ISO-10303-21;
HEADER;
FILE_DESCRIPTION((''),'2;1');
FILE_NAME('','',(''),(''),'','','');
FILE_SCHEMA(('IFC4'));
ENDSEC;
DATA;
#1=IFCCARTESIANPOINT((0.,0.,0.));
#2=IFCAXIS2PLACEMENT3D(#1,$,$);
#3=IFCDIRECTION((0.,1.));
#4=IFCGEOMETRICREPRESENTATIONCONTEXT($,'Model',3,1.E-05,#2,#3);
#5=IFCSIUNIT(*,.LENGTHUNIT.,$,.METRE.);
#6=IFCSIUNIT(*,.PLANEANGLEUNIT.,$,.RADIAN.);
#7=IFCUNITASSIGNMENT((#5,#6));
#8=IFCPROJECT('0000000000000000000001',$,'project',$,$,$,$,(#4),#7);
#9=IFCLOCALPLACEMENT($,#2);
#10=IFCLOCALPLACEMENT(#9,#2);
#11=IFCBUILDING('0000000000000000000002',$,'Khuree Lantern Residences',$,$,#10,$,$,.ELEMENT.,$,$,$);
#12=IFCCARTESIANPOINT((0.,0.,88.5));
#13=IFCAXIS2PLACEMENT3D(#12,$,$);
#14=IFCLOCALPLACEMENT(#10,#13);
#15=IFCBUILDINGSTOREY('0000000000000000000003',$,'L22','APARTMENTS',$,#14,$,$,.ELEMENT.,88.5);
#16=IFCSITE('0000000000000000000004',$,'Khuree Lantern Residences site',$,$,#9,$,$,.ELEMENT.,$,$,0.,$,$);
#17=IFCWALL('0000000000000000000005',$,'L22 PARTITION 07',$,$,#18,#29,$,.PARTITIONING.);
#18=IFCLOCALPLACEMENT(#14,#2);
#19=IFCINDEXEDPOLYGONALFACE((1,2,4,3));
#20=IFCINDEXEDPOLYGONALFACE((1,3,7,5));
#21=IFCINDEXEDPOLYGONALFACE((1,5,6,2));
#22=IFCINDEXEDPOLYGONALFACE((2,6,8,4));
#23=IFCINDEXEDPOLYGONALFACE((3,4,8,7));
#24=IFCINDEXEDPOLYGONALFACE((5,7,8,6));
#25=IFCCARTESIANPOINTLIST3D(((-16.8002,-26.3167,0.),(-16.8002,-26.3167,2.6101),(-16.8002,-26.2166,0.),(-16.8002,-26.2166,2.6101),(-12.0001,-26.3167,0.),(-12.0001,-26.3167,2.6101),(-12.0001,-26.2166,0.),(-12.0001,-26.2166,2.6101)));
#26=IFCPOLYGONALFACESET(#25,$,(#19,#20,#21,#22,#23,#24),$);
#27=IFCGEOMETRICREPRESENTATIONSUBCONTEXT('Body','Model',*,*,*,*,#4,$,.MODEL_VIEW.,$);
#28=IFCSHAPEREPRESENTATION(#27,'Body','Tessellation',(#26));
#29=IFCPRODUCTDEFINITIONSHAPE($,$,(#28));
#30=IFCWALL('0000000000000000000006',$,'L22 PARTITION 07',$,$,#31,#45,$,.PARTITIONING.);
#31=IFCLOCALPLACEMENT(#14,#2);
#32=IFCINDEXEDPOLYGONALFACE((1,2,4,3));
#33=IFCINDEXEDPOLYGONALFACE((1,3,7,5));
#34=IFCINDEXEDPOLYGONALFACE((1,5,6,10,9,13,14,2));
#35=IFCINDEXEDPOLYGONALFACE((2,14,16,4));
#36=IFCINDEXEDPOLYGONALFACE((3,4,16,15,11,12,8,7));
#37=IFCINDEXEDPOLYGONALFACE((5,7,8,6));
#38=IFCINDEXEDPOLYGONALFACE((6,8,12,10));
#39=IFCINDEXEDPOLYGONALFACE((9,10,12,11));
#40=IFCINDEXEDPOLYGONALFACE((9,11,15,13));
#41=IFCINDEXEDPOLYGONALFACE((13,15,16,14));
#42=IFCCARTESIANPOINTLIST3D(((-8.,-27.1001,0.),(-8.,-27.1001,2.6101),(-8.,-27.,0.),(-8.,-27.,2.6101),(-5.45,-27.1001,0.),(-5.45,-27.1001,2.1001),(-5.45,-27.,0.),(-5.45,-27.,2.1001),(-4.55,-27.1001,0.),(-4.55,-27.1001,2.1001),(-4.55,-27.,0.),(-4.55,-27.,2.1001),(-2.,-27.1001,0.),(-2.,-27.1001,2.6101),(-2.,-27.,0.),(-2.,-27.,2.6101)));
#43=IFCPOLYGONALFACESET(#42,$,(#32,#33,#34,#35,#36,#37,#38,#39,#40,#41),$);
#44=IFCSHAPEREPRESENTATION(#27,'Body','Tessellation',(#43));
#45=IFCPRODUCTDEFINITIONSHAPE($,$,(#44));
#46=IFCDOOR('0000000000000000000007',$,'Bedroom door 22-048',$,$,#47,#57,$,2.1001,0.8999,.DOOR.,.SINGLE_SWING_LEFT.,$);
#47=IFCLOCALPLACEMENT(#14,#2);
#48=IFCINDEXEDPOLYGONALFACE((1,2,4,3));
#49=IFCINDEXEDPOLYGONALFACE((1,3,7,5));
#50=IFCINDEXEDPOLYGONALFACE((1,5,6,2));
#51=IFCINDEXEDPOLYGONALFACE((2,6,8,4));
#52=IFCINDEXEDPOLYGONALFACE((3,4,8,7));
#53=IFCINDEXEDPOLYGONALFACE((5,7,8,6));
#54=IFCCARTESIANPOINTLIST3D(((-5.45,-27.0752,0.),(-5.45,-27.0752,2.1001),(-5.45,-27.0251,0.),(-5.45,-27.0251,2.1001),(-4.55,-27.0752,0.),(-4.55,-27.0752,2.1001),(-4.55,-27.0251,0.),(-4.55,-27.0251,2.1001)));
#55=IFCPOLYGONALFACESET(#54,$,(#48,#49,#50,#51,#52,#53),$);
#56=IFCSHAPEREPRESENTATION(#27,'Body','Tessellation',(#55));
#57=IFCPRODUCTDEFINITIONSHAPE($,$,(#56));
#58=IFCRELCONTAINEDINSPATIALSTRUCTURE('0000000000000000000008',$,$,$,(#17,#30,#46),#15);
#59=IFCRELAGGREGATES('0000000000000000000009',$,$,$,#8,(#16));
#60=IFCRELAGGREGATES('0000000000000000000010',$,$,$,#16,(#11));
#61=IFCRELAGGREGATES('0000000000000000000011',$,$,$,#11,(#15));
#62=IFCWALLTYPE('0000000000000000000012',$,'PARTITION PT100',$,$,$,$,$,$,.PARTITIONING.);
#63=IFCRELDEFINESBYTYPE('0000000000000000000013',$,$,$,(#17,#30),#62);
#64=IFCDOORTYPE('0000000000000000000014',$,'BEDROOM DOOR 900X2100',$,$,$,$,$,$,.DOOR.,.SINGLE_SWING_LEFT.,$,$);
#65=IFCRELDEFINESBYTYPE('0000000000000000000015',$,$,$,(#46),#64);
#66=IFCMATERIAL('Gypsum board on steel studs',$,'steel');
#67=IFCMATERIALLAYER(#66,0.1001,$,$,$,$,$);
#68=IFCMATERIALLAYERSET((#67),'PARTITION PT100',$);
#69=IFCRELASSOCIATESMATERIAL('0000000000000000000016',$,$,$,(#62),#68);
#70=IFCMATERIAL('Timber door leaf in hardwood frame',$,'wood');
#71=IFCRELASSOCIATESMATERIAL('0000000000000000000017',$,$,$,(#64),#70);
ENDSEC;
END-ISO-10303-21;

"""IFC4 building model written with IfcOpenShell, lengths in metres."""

from ifc_helpers import new_model, si_unit, direction, frame, frame_2d, origin, place, context, subcontext, project, spatial, rectangle, extrude, material, layer, layer_set, type_object, element, fill, save


model = new_model("IFC4")

# Units and contexts
model_context = context("Model", 3, precision=1e-05, world=origin(), true_north=direction((0.0, 1.0)))
body_context = subcontext(model_context, "Body", "Model", "MODEL_VIEW")
ifc_project = project(units=[si_unit("LENGTHUNIT", "METRE"), si_unit("PLANEANGLEUNIT", "RADIAN")], contexts=[model_context])

# Site, building, storey
site_placement = place(None, origin())
site = spatial("IfcSite", under=ifc_project, at=site_placement, Name="Khuree Lantern Residences site", CompositionType="ELEMENT", RefElevation=0.0)
building_placement = place(site_placement, origin())
building = spatial("IfcBuilding", under=site, at=building_placement, Name="Khuree Lantern Residences", CompositionType="ELEMENT")
storey_placement = place(building_placement, frame((0.0, 0.0, 88.5)))
storey = spatial("IfcBuildingStorey", under=building, at=storey_placement, Name="L22", Description="APARTMENTS", CompositionType="ELEMENT", Elevation=88.5)

# Shared definitions
ifc_material_1 = material(Name="Gypsum board on steel studs", Category="steel")

# Shared definitions
ifc_material_2 = material(Name="Timber door leaf in hardwood frame", Category="wood")

# Shared definitions
ifc_layer_1 = layer(ifc_material_1, 0.1001)
ifc_layer_set_1 = layer_set([ifc_layer_1], Name="PARTITION PT100")
wall_type_1 = type_object("IfcWallType", Name="PARTITION PT100", PredefinedType="PARTITIONING", material=ifc_layer_set_1)

# Shared definitions
door_type_1 = type_object("IfcDoorType", Name="BEDROOM DOOR 900X2100", OperationType="SINGLE_SWING_LEFT", PredefinedType="DOOR", material=ifc_material_2)

# Wall
wall_1_placement = place(storey_placement, frame((-16.8, -26.2666, 0.0), z_axis=(0.0, 0.0, 1.0), x_axis=(1.0, 0.0, 0.0)))
element("IfcWall", 1, at=wall_1_placement, inside=storey, type_object=wall_type_1, Name="L22 PARTITION 07", PredefinedType="PARTITIONING", context=body_context, shape_type="SweptSolid", body=[
    extrude(rectangle(XDim=4.8, YDim=0.1001, at=frame_2d((2.3999, 0.0))), origin(), (0.0, 0.0, 1.0), 2.6101),
])

# Wall, opening, door
wall_2_placement = place(storey_placement, frame((-8.0, -27.05, 0.0), z_axis=(0.0, 0.0, 1.0), x_axis=(1.0, 0.0, 0.0)))
wall_2 = element("IfcWall", 2, at=wall_2_placement, inside=storey, type_object=wall_type_1, Name="L22 PARTITION 07", PredefinedType="PARTITIONING", context=body_context, shape_type="SweptSolid", body=[
    extrude(rectangle(XDim=6.0, YDim=0.1001, at=frame_2d((3.0, 0.0))), origin(), (0.0, 0.0, 1.0), 2.6101),
])
opening_1_placement = place(wall_2_placement, frame((2.55, 0.0, 0.0)))
opening_1 = element("IfcOpeningElement", 3, at=opening_1_placement, cuts=wall_2, PredefinedType="OPENING", context=body_context, shape_type="SweptSolid", body=[
    extrude(rectangle(XDim=0.8999, YDim=2.1001, at=frame_2d((0.45, 1.05))), frame((0.0, 0.0601, 0.0), z_axis=(0.0, -1.0, 0.0), x_axis=(1.0, 0.0, 0.0)), (0.0, 0.0, 1.0), 0.1201),
])
door_1_placement = place(opening_1_placement, origin())
door_1 = element("IfcDoor", 4, at=door_1_placement, inside=storey, type_object=door_type_1, Name="Bedroom door 22-048", OperationType="SINGLE_SWING_LEFT", OverallHeight=2.1001, OverallWidth=0.8999, PredefinedType="DOOR", context=body_context, shape_type="SweptSolid", body=[
    extrude(rectangle(XDim=0.8999, YDim=2.1001, at=frame_2d((0.45, 1.05))), frame((0.0, 0.0249, 0.0), z_axis=(0.0, -1.0, 0.0), x_axis=(1.0, 0.0, 0.0)), (0.0, 0.0, 1.0), 0.05),
])
fill(opening_1, door_1)

save(model, "model.ifc")
